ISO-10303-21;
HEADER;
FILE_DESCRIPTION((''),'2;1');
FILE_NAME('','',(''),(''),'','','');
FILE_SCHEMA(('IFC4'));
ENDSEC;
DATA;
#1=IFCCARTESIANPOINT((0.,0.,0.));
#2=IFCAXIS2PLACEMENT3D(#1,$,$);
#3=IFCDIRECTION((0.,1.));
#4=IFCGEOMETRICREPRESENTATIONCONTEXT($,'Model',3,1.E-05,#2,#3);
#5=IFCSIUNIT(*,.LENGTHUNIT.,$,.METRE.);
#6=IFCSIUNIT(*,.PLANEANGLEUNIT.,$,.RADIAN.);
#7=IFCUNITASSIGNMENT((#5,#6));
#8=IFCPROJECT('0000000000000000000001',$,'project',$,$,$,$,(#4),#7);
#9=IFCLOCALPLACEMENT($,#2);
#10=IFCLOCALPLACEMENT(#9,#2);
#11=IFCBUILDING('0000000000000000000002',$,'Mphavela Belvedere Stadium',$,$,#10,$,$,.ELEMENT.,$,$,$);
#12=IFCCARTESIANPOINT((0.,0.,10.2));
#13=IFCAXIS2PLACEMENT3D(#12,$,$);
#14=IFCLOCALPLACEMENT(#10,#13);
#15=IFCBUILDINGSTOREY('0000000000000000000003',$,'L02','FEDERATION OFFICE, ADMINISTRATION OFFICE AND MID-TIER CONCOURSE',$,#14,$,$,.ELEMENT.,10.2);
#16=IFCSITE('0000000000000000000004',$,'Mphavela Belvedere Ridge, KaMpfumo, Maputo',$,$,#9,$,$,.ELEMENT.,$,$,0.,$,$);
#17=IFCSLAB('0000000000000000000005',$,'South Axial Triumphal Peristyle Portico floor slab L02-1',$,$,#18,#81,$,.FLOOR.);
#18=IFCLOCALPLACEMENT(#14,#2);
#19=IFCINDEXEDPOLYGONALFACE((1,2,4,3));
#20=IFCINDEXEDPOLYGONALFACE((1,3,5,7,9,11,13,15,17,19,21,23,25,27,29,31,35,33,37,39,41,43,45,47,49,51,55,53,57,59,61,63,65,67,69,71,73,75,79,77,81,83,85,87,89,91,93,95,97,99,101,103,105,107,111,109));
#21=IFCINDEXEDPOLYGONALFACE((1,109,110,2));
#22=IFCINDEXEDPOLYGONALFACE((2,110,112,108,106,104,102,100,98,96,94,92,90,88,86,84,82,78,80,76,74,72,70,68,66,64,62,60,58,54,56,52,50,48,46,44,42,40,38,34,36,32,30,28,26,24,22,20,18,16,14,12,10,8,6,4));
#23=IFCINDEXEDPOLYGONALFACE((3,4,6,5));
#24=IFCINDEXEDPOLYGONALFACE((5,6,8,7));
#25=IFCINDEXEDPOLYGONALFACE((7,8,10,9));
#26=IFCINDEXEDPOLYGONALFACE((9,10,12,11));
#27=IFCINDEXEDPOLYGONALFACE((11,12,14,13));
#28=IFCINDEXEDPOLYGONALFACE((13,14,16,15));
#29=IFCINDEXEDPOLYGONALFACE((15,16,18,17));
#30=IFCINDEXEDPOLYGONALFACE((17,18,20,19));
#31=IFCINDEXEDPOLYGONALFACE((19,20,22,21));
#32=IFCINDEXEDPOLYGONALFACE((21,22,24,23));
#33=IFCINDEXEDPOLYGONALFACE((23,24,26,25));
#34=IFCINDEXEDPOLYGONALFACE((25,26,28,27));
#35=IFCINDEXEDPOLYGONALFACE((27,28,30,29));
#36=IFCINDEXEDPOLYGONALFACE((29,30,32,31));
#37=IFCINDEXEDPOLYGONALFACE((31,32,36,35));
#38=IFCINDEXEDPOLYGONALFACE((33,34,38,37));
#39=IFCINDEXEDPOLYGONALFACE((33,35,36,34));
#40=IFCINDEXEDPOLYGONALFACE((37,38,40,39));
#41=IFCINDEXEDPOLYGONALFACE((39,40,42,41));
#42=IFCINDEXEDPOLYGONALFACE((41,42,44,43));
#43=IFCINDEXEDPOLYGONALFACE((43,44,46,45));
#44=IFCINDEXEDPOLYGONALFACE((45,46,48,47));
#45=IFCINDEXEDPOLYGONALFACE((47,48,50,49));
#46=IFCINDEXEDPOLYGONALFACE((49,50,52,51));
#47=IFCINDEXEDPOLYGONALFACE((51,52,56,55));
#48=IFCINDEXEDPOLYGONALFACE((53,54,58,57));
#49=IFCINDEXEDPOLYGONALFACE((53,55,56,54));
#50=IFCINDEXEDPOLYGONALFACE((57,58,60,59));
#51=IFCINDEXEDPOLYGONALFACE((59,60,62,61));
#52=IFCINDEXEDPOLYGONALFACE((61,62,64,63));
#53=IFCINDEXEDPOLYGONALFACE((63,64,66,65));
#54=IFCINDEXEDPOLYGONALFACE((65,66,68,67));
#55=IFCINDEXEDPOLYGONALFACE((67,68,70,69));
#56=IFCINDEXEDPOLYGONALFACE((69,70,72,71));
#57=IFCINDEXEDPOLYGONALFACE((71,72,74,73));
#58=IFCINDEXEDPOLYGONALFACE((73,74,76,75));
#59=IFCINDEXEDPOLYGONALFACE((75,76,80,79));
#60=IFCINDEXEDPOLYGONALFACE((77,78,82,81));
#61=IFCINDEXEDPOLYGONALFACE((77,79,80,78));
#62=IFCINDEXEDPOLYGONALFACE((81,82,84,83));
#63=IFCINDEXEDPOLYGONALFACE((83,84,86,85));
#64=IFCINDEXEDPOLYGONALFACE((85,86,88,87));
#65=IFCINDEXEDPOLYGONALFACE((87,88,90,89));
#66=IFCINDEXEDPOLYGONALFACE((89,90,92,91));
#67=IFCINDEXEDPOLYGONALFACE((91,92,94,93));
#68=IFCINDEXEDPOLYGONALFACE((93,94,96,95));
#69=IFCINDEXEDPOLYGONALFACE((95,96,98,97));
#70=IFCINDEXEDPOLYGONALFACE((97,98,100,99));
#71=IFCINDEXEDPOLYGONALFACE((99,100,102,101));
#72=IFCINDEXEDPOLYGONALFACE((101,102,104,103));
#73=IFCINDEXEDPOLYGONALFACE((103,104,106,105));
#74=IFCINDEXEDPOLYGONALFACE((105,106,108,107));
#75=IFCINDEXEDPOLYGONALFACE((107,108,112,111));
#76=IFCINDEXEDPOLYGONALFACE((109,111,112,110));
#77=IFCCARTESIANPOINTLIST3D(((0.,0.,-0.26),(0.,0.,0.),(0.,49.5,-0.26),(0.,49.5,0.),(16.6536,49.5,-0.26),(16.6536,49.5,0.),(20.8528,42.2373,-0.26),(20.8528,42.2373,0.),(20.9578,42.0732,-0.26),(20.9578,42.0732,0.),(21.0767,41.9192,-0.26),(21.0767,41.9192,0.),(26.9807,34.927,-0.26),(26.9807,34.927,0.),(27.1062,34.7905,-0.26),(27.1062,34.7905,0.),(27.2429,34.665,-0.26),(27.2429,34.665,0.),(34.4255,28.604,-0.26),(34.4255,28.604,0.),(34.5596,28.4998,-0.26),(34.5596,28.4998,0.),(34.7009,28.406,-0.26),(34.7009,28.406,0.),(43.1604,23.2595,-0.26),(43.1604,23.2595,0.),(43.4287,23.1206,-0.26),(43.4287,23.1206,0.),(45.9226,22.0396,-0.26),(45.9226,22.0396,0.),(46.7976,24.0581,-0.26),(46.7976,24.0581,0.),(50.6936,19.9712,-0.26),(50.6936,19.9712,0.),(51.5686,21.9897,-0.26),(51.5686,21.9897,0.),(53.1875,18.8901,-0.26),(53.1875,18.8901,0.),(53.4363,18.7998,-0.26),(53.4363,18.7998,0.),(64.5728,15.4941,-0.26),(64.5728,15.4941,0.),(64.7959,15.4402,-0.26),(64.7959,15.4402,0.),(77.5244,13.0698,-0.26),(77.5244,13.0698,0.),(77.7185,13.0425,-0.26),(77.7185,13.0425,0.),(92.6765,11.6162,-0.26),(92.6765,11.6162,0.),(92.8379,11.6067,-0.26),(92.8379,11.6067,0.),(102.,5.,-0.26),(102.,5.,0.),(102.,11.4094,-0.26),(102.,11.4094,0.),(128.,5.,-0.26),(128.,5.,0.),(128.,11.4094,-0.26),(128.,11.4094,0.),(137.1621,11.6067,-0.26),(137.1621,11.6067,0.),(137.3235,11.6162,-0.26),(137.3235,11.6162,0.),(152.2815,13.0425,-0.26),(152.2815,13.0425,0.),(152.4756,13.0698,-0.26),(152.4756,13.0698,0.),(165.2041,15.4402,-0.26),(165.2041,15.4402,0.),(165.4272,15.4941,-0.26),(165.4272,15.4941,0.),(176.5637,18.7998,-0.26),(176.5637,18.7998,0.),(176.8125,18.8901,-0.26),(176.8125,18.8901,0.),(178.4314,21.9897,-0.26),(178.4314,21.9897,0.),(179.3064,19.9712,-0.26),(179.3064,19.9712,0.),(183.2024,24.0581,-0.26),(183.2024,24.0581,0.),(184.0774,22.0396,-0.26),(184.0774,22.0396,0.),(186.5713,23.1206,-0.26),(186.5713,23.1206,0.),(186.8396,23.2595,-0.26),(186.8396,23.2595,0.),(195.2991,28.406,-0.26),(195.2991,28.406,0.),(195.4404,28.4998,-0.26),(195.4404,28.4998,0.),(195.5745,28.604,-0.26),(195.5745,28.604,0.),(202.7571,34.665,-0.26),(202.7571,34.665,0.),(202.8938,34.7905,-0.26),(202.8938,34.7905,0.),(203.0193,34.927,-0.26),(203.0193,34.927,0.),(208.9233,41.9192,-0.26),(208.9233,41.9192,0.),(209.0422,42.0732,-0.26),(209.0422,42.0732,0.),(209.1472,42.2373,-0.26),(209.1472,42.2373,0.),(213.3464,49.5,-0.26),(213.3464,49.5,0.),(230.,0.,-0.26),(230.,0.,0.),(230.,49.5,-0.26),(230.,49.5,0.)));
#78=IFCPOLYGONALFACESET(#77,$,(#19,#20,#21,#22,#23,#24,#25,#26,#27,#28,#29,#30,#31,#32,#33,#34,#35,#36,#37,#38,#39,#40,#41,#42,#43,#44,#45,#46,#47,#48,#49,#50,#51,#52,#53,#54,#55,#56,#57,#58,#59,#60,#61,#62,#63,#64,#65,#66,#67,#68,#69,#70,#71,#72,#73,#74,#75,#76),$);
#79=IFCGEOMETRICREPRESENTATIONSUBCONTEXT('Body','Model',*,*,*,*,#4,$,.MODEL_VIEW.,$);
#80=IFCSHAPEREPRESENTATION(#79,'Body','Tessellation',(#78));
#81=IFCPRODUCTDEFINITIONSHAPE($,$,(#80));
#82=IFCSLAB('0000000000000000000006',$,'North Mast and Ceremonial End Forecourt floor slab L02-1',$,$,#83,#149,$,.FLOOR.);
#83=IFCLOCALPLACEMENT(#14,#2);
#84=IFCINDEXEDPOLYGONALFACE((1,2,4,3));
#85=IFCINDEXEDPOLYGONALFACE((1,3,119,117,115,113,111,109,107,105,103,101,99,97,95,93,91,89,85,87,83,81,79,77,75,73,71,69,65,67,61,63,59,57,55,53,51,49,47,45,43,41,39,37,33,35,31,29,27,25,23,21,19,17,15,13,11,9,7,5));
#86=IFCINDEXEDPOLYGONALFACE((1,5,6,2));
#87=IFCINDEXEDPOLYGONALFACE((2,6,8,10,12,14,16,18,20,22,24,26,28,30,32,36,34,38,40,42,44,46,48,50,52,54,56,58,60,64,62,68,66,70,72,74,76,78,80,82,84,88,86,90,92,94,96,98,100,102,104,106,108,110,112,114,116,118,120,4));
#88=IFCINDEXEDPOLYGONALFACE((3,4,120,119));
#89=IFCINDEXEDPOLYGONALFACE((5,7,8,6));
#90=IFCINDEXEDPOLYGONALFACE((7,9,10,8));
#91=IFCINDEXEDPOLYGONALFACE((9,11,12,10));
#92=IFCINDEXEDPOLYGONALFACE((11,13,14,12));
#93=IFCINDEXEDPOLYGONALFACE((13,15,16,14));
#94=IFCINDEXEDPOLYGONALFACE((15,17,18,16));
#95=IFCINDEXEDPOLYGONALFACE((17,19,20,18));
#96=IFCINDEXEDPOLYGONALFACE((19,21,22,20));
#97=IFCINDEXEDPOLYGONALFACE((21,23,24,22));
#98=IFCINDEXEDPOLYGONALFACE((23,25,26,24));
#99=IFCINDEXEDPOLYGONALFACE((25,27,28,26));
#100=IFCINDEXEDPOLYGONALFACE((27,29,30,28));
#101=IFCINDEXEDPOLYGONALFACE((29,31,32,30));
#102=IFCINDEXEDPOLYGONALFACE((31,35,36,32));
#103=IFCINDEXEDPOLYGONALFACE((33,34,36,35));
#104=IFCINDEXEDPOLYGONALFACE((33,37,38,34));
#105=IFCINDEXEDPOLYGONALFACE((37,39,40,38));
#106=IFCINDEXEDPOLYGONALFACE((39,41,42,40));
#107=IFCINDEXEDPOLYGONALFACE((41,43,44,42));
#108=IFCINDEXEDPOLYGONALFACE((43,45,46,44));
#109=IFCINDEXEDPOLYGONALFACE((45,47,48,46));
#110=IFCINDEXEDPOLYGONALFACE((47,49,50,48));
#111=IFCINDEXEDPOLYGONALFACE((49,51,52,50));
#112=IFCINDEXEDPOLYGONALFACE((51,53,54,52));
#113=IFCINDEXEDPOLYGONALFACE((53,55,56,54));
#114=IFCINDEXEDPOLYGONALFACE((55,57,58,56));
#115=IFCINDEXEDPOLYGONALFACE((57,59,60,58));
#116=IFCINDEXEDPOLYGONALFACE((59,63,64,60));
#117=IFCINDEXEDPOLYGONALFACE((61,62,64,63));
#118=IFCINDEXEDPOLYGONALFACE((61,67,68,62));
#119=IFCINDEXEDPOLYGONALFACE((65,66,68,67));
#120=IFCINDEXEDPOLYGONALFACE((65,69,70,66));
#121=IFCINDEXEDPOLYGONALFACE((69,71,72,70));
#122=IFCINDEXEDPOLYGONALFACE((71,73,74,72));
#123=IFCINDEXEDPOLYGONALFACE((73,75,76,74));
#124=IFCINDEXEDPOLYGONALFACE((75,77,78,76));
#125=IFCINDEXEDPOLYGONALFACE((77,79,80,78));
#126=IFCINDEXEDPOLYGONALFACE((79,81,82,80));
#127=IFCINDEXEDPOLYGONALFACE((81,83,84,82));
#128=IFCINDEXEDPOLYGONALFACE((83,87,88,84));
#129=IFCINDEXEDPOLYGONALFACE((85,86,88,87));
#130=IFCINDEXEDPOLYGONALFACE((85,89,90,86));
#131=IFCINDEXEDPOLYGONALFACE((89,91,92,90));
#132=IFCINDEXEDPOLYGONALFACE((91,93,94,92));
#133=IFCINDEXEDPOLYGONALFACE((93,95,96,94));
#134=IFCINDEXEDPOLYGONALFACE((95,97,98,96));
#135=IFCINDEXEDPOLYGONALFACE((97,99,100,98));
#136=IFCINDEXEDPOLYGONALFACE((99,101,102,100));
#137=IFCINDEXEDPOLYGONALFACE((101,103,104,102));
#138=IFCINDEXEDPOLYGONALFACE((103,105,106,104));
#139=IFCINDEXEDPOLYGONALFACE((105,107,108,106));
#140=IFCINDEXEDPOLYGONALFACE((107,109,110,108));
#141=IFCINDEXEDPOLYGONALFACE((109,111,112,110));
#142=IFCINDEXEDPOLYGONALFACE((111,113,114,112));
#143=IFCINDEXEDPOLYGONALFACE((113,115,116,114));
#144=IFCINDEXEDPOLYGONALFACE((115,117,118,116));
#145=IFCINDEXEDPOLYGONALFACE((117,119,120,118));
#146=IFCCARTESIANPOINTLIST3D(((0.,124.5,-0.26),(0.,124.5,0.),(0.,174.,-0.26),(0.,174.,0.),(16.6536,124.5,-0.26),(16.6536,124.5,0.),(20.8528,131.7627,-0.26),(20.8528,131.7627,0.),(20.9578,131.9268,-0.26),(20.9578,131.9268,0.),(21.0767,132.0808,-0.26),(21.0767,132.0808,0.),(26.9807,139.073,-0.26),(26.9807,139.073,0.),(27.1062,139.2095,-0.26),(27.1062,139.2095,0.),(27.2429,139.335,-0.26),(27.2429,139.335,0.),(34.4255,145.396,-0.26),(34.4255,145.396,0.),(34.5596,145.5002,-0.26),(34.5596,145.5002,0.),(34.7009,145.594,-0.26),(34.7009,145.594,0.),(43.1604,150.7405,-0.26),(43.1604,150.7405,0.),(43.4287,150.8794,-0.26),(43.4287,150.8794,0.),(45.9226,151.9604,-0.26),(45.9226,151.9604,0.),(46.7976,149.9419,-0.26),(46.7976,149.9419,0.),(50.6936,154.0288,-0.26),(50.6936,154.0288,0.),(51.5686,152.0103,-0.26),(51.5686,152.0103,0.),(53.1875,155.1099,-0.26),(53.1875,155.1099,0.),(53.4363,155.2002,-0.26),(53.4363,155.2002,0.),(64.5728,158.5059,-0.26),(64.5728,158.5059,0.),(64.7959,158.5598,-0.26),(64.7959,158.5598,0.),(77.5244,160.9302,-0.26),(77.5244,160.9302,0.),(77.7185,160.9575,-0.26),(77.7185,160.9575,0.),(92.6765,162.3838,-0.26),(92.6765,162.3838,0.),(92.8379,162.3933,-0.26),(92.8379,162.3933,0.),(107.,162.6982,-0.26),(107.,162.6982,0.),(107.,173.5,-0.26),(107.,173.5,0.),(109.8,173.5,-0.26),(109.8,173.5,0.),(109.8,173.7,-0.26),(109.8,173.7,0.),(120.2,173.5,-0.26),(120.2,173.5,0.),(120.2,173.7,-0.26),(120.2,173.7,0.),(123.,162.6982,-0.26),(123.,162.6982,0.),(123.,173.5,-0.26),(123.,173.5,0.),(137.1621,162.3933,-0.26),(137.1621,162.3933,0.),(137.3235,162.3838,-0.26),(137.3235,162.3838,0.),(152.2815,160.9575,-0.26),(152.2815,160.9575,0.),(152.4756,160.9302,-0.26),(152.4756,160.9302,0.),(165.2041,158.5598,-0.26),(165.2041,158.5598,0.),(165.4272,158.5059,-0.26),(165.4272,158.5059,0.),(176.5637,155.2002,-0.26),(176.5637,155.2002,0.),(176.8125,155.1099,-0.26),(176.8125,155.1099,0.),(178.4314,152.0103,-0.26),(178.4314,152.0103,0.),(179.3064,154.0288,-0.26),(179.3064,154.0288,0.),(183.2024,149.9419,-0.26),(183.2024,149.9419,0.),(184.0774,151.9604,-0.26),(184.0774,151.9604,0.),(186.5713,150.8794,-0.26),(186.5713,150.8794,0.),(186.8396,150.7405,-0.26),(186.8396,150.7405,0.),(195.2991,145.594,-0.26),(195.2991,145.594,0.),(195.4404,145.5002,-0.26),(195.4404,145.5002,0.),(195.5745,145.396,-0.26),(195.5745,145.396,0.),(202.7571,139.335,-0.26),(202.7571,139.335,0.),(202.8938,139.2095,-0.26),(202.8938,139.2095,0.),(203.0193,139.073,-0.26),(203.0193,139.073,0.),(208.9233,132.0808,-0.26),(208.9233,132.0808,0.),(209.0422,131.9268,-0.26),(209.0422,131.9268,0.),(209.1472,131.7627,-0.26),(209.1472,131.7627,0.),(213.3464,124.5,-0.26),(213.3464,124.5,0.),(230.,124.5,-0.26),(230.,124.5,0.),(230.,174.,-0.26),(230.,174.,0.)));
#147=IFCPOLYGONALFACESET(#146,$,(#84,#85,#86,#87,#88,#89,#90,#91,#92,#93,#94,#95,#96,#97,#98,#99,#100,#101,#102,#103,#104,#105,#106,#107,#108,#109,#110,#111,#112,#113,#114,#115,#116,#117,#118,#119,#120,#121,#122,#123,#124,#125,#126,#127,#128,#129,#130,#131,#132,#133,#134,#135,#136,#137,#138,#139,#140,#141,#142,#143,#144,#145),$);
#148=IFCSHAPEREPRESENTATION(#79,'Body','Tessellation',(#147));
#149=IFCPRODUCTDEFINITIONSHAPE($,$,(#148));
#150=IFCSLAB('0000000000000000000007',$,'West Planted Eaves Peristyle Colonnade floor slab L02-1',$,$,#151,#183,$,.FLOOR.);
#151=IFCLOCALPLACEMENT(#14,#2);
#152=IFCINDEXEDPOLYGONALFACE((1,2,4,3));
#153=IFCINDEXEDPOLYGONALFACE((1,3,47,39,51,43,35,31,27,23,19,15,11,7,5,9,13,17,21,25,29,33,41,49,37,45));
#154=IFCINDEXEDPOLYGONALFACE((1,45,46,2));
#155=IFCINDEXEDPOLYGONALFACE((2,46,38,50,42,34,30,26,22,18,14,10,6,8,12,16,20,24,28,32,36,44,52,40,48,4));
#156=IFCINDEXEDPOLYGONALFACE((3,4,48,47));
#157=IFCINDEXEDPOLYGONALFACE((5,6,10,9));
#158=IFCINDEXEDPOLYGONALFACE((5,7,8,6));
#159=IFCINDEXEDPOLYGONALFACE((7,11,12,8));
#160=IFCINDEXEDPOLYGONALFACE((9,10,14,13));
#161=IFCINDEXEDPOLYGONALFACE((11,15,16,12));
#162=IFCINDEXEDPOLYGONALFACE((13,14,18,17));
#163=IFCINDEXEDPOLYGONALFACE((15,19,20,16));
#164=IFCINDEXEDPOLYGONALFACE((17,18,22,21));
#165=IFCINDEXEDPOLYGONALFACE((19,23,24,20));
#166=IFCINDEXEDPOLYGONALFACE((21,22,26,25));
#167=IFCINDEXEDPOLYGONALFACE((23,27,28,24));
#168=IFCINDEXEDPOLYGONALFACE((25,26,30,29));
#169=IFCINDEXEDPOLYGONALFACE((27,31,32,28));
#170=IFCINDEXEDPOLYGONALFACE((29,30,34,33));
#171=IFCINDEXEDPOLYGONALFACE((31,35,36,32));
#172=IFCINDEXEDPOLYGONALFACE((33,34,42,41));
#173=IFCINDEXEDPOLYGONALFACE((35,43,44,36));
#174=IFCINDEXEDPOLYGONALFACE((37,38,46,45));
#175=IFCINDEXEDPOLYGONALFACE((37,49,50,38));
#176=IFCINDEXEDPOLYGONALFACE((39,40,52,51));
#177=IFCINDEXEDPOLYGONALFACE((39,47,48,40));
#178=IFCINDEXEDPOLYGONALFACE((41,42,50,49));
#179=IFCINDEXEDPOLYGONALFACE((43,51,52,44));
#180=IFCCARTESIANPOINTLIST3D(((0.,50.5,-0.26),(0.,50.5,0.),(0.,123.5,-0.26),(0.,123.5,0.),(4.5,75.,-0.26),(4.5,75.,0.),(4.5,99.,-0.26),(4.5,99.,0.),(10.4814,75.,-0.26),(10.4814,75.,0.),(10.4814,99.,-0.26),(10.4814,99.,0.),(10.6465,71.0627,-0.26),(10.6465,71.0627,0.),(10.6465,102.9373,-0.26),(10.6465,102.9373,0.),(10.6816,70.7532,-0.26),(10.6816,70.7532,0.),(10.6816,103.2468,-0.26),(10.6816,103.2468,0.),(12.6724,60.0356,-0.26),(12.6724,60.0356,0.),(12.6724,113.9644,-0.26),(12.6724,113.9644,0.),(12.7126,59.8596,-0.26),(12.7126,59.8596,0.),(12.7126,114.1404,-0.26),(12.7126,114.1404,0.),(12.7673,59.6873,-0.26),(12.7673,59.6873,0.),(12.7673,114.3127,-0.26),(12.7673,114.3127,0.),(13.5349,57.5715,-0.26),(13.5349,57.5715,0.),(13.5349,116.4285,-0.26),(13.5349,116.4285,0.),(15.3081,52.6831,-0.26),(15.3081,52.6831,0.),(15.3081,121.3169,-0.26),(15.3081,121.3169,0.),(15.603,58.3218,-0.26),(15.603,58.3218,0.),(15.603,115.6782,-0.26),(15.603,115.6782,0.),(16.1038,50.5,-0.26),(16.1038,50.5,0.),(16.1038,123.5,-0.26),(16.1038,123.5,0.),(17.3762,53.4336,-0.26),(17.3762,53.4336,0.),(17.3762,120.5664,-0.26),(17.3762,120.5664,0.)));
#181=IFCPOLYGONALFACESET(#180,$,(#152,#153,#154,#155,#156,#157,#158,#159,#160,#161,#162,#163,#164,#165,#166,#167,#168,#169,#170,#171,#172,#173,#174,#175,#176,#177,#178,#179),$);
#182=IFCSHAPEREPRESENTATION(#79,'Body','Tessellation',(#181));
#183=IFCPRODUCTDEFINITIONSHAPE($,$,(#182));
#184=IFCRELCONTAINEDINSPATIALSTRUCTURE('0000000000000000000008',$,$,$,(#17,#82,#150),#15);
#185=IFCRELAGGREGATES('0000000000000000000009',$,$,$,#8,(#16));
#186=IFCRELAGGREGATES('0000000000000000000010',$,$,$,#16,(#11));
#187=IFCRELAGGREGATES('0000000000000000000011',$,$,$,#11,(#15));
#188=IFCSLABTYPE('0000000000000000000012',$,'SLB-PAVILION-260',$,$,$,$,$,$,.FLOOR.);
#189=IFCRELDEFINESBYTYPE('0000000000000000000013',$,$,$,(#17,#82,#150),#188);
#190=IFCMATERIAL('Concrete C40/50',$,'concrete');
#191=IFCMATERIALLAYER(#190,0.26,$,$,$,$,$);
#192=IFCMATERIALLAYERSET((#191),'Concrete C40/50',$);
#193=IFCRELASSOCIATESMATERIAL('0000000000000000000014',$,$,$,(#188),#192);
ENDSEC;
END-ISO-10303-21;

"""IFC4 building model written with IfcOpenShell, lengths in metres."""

from ifc_helpers import new_model, si_unit, direction, frame, origin, place, context, subcontext, project, spatial, polyline, outline, extrude, material, layer, layer_set, type_object, element, save


model = new_model("IFC4")

# Units and contexts
model_context = context("Model", 3, precision=1e-05, world=origin(), true_north=direction((0.0, 1.0)))
body_context = subcontext(model_context, "Body", "Model", "MODEL_VIEW")
ifc_project = project(units=[si_unit("LENGTHUNIT", "METRE"), si_unit("PLANEANGLEUNIT", "RADIAN")], contexts=[model_context])

# Site, building, storey
site_placement = place(None, origin())
site = spatial("IfcSite", under=ifc_project, at=site_placement, Name="Mphavela Belvedere Ridge, KaMpfumo, Maputo", CompositionType="ELEMENT", RefElevation=0.0)
building_placement = place(site_placement, origin())
building = spatial("IfcBuilding", under=site, at=building_placement, Name="Mphavela Belvedere Stadium", CompositionType="ELEMENT")
storey_placement = place(building_placement, frame((0.0, 0.0, 10.2)))
storey = spatial("IfcBuildingStorey", under=building, at=storey_placement, Name="L02", Description="FEDERATION OFFICE, ADMINISTRATION OFFICE AND MID-TIER CONCOURSE", CompositionType="ELEMENT", Elevation=10.2)

# Slabs
ifc_material_1 = material(Name="Concrete C40/50", Category="concrete")
ifc_layer_1 = layer(ifc_material_1, 0.26)
ifc_layer_set_1 = layer_set([ifc_layer_1], Name="Concrete C40/50")
slab_type_1 = type_object("IfcSlabType", Name="SLB-PAVILION-260", PredefinedType="FLOOR", material=ifc_layer_set_1)
slab_1_placement = place(storey_placement, frame((0.0, 0.0, -0.26)))
element("IfcSlab", 1, at=slab_1_placement, inside=storey, type_object=slab_type_1, Name="South Axial Triumphal Peristyle Portico floor slab L02-1", PredefinedType="FLOOR", context=body_context, shape_type="SweptSolid", body=[
    extrude(outline(polyline([(16.6536, 49.5), (20.8528, 42.2373), (20.9578, 42.0732), (21.0767, 41.9192), (26.9807, 34.927), (27.1062, 34.7905), (27.2429, 34.665), (34.4255, 28.604), (34.5596, 28.4998), (34.7009, 28.406), (43.1604, 23.2595), (43.4287, 23.1206), (45.9226, 22.0396), (46.7976, 24.0581), (51.5686, 21.9897), (50.6936, 19.9712), (53.1875, 18.8901), (53.4363, 18.7998), (64.5728, 15.4941), (64.7959, 15.4402), (77.5244, 13.0698), (77.7185, 13.0425), (92.6765, 11.6162), (92.8379, 11.6067), (102.0, 11.4094), (102.0, 5.0), (128.0, 5.0), (128.0, 11.4094), (137.1621, 11.6067), (137.3235, 11.6162), (152.2815, 13.0425), (152.4756, 13.0698), (165.2041, 15.4402), (165.4272, 15.4941), (176.5637, 18.7998), (176.8125, 18.8901), (179.3064, 19.9712), (178.4314, 21.9897), (183.2024, 24.0581), (184.0774, 22.0396), (186.5713, 23.1206), (186.8396, 23.2595), (195.2991, 28.406), (195.4404, 28.4998), (195.5745, 28.604), (202.7571, 34.665), (202.8938, 34.7905), (203.0193, 34.927), (208.9233, 41.9192), (209.0422, 42.0732), (209.1472, 42.2373), (213.3464, 49.5), (230.0, 49.5), (230.0, 0.0), (0.0, 0.0), (0.0, 49.5), (16.6536, 49.5)])), origin(), (0.0, 0.0, 1.0), 0.26),
])
slab_2_placement = place(storey_placement, frame((0.0, 0.0, -0.26)))
element("IfcSlab", 2, at=slab_2_placement, inside=storey, type_object=slab_type_1, Name="North Mast and Ceremonial End Forecourt floor slab L02-1", PredefinedType="FLOOR", context=body_context, shape_type="SweptSolid", body=[
    extrude(outline(polyline([(213.3464, 124.5), (209.1472, 131.7627), (209.0422, 131.9268), (208.9233, 132.0808), (203.0193, 139.073), (202.8938, 139.2095), (202.7571, 139.335), (195.5745, 145.396), (195.4404, 145.5002), (195.2991, 145.594), (186.8396, 150.7405), (186.5713, 150.8794), (184.0774, 151.9604), (183.2024, 149.9419), (178.4314, 152.0103), (179.3064, 154.0288), (176.8125, 155.1099), (176.5637, 155.2002), (165.4272, 158.5059), (165.2041, 158.5598), (152.4756, 160.9302), (152.2815, 160.9575), (137.3235, 162.3838), (137.1621, 162.3933), (123.0, 162.6982), (123.0, 173.5), (120.2, 173.5), (120.2, 173.7), (109.8, 173.7), (109.8, 173.5), (107.0, 173.5), (107.0, 162.6982), (92.8379, 162.3933), (92.6765, 162.3838), (77.7185, 160.9575), (77.5244, 160.9302), (64.7959, 158.5598), (64.5728, 158.5059), (53.4363, 155.2002), (53.1875, 155.1099), (50.6936, 154.0288), (51.5686, 152.0103), (46.7976, 149.9419), (45.9226, 151.9604), (43.4287, 150.8794), (43.1604, 150.7405), (34.7009, 145.594), (34.5596, 145.5002), (34.4255, 145.396), (27.2429, 139.335), (27.1062, 139.2095), (26.9807, 139.073), (21.0767, 132.0808), (20.9578, 131.9268), (20.8528, 131.7627), (16.6536, 124.5), (0.0, 124.5), (0.0, 174.0), (230.0, 174.0), (230.0, 124.5), (213.3464, 124.5)])), origin(), (0.0, 0.0, 1.0), 0.26),
])
slab_3_placement = place(storey_placement, frame((0.0, 0.0, -0.26)))
element("IfcSlab", 3, at=slab_3_placement, inside=storey, type_object=slab_type_1, Name="West Planted Eaves Peristyle Colonnade floor slab L02-1", PredefinedType="FLOOR", context=body_context, shape_type="SweptSolid", body=[
    extrude(outline(polyline([(15.3081, 121.3169), (17.3762, 120.5664), (15.603, 115.6782), (13.5349, 116.4285), (12.7673, 114.3127), (12.7126, 114.1404), (12.6724, 113.9644), (10.6816, 103.2468), (10.6465, 102.9373), (10.4814, 99.0), (4.5, 99.0), (4.5, 75.0), (10.4814, 75.0), (10.6465, 71.0627), (10.6816, 70.7532), (12.6724, 60.0356), (12.7126, 59.8596), (12.7673, 59.6873), (13.5349, 57.5715), (15.603, 58.3218), (17.3762, 53.4336), (15.3081, 52.6831), (16.1038, 50.5), (0.0, 50.5), (0.0, 123.5), (16.1038, 123.5), (15.3081, 121.3169)])), origin(), (0.0, 0.0, 1.0), 0.26),
])

save(model, "model.ifc")
